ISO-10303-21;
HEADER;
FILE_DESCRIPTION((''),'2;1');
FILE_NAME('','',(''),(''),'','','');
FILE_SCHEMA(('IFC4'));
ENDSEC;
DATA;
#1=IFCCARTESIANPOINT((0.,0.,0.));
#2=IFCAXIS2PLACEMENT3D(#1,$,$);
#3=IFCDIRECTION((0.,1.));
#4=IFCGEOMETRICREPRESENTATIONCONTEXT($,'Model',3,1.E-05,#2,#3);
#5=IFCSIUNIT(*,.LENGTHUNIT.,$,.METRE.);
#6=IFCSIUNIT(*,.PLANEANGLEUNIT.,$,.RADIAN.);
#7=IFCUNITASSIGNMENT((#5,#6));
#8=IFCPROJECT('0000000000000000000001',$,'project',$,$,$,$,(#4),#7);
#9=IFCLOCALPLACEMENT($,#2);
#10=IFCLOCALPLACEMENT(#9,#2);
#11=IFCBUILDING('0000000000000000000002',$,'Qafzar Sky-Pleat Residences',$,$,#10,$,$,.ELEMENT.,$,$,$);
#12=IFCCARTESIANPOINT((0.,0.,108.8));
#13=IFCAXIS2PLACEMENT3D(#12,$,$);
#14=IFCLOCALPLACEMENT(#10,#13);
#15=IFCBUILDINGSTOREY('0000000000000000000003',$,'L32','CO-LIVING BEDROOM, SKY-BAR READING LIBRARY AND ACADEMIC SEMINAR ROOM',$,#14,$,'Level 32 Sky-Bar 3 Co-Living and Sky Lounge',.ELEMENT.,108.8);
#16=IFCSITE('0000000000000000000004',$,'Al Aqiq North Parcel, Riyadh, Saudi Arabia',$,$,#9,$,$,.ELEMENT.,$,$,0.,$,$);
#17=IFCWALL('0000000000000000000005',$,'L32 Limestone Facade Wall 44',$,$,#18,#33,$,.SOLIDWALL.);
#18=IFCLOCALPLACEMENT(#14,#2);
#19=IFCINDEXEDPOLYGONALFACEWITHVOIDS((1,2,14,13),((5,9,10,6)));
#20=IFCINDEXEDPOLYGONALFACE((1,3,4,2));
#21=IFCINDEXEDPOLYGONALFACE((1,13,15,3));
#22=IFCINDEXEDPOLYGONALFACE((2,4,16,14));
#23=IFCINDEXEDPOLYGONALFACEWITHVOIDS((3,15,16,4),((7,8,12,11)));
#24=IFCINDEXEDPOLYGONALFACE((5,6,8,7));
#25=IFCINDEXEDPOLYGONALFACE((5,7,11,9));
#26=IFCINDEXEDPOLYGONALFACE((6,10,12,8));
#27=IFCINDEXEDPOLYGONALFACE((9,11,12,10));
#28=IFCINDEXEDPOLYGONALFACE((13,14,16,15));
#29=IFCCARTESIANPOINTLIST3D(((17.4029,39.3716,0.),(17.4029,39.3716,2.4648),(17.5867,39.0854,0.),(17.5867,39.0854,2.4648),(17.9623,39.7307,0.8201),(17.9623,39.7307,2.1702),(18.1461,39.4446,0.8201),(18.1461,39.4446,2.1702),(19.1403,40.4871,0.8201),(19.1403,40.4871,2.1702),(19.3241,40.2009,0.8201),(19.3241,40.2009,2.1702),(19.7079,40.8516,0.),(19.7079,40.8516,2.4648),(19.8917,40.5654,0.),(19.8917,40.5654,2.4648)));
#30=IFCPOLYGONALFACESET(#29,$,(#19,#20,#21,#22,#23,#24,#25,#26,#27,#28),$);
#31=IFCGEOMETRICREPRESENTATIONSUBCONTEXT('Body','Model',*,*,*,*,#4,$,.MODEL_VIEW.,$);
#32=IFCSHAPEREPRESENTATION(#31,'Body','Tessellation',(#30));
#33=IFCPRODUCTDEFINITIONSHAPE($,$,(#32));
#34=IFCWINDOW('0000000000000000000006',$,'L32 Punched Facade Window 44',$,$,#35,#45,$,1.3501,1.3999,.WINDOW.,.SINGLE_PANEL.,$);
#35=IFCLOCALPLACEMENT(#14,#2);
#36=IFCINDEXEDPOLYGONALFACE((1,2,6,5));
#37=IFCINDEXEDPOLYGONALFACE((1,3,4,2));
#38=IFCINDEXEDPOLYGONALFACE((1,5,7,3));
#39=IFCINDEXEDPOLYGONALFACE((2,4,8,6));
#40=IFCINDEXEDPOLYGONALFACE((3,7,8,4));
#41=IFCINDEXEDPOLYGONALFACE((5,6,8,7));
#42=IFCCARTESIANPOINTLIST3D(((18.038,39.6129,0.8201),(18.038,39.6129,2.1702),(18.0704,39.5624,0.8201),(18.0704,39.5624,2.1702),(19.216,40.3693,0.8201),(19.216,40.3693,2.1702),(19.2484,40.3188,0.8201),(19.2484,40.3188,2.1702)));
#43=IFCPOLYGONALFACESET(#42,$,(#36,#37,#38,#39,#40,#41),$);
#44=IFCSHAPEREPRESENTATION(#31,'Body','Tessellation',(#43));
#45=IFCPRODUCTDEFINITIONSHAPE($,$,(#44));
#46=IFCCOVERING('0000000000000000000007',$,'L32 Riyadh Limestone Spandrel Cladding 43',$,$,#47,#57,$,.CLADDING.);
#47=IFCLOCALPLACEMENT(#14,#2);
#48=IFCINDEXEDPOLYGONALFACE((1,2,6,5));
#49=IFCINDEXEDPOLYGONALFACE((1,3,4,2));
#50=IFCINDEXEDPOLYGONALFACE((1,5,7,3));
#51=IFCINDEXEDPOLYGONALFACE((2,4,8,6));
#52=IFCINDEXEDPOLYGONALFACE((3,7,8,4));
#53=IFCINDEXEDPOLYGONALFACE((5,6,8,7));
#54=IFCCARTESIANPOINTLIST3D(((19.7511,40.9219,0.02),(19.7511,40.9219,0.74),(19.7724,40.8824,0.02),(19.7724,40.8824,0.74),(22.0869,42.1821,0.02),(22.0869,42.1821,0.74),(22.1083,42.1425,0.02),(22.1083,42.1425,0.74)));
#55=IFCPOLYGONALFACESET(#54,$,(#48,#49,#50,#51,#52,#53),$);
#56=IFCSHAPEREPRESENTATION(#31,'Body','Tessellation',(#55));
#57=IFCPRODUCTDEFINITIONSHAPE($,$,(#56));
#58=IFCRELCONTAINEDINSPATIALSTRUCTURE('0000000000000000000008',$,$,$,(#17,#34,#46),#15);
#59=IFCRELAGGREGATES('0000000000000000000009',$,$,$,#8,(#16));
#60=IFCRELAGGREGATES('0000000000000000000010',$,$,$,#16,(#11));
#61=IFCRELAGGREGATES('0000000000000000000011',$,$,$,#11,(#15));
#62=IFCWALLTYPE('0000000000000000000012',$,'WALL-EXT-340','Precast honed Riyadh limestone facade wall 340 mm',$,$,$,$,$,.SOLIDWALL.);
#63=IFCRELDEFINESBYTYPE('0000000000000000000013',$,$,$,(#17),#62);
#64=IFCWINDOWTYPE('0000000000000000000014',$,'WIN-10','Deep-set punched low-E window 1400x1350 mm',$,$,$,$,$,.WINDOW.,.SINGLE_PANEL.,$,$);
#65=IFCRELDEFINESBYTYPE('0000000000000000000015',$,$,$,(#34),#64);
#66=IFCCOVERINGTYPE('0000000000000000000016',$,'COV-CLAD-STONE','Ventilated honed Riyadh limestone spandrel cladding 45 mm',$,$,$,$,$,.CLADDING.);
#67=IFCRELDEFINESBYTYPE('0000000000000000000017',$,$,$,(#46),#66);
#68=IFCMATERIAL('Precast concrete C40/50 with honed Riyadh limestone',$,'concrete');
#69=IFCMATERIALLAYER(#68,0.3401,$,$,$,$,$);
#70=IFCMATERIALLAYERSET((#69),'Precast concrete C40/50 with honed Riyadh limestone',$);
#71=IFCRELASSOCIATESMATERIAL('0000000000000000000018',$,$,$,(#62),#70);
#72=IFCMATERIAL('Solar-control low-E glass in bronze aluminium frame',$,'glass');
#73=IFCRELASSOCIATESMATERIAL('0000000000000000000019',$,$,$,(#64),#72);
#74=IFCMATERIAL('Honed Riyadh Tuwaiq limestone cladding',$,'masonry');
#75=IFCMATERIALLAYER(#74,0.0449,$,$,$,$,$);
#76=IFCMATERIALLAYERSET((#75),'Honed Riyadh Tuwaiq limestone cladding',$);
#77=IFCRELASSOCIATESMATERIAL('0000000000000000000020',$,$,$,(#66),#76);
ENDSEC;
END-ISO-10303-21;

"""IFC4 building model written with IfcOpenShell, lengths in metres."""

from ifc_helpers import new_model, si_unit, direction, frame, frame_2d, origin, origin_2d, place, context, subcontext, project, spatial, rectangle, extrude, source, transform, mapped, material, layer, layer_set, type_object, element, fill, save


model = new_model("IFC4")

# Units and contexts
model_context = context("Model", 3, precision=1e-05, world=origin(), true_north=direction((0.0, 1.0)))
body_context = subcontext(model_context, "Body", "Model", "MODEL_VIEW")
ifc_project = project(units=[si_unit("LENGTHUNIT", "METRE"), si_unit("PLANEANGLEUNIT", "RADIAN")], contexts=[model_context])

# Site, building, storey
site_placement = place(None, origin())
site = spatial("IfcSite", under=ifc_project, at=site_placement, Name="Al Aqiq North Parcel, Riyadh, Saudi Arabia", CompositionType="ELEMENT", RefElevation=0.0)
building_placement = place(site_placement, origin())
building = spatial("IfcBuilding", under=site, at=building_placement, Name="Qafzar Sky-Pleat Residences", CompositionType="ELEMENT")
storey_placement = place(building_placement, frame((0.0, 0.0, 108.8)))
storey = spatial("IfcBuildingStorey", under=building, at=storey_placement, Name="L32", Description="CO-LIVING BEDROOM, SKY-BAR READING LIBRARY AND ACADEMIC SEMINAR ROOM", LongName="Level 32 Sky-Bar 3 Co-Living and Sky Lounge", CompositionType="ELEMENT", Elevation=108.8)

# Wall, opening, window
ifc_material_1 = material(Name="Precast concrete C40/50 with honed Riyadh limestone", Category="concrete")
ifc_layer_1 = layer(ifc_material_1, 0.3401)
ifc_layer_set_1 = layer_set([ifc_layer_1], Name="Precast concrete C40/50 with honed Riyadh limestone")
wall_type_1 = type_object("IfcWallType", Name="WALL-EXT-340", Description="Precast honed Riyadh limestone facade wall 340 mm", PredefinedType="SOLIDWALL", material=ifc_layer_set_1)
ifc_material_2 = material(Name="Solar-control low-E glass in bronze aluminium frame", Category="glass")
window_type = type_object("IfcWindowType", Name="WIN-10", Description="Deep-set punched low-E window 1400x1350 mm", PartitioningType="SINGLE_PANEL", PredefinedType="WINDOW", material=ifc_material_2)
shared_shape_1 = source(origin(), body_context, "Body", "SweptSolid", [
    extrude(rectangle(XDim=1.3999, YDim=1.3501, at=frame_2d((0.7, 0.675))), frame((0.0, 0.03, 0.0), z_axis=(0.0, -1.0, 0.0), x_axis=(1.0, 0.0, 0.0)), (0.0, 0.0, 1.0), 0.0601),
])
wall_1_placement = place(storey_placement, frame((19.7998, 40.7085, 0.0), z_axis=(0.0, 0.0, 1.0), x_axis=(-0.841471, -0.540303, 0.0)))
wall_1 = element("IfcWall", 1, at=wall_1_placement, inside=storey, type_object=wall_type_1, Name="L32 Limestone Facade Wall 44", PredefinedType="SOLIDWALL", context=body_context, shape_type="SweptSolid", body=[
    extrude(rectangle(XDim=2.7393, YDim=0.3401, at=frame_2d((1.3696, 0.0))), origin(), (0.0, 0.0, 1.0), 2.4648),
])
opening_1_placement = place(wall_1_placement, frame((0.6746, 0.0, 0.8201)))
opening_1 = element("IfcOpeningElement", 2, at=opening_1_placement, cuts=wall_1, PredefinedType="OPENING", context=body_context, shape_type="SweptSolid", body=[
    extrude(rectangle(XDim=1.3999, YDim=1.3501, at=frame_2d((0.7, 0.675))), frame((0.0, 0.1802, 0.0), z_axis=(0.0, -1.0, 0.0), x_axis=(1.0, 0.0, 0.0)), (0.0, 0.0, 1.0), 0.3601),
])
window_1_placement = place(opening_1_placement, origin())
window_1 = element("IfcWindow", 3, at=window_1_placement, inside=storey, type_object=window_type, Name="L32 Punched Facade Window 44", OverallHeight=1.3501, OverallWidth=1.3999, PartitioningType="SINGLE_PANEL", PredefinedType="WINDOW", context=body_context, shape_type="MappedRepresentation", body=[
    mapped(shared_shape_1, transform((0.0, 0.0, 0.0), x_axis=(1.0, 0.0, 0.0), y_axis=(0.0, 1.0, 0.0), z_axis=(0.0, 0.0, 1.0), scale=1.0)),
])
fill(opening_1, window_1)

# Covering
ifc_material_3 = material(Name="Honed Riyadh Tuwaiq limestone cladding", Category="masonry")
ifc_layer_2 = layer(ifc_material_3, 0.0449)
ifc_layer_set_2 = layer_set([ifc_layer_2], Name="Honed Riyadh Tuwaiq limestone cladding")
covering_type = type_object("IfcCoveringType", Name="COV-CLAD-STONE", Description="Ventilated honed Riyadh limestone spandrel cladding 45 mm", PredefinedType="CLADDING", material=ifc_layer_set_2)
shared_shape_2 = source(origin(), body_context, "Body", "SweptSolid", [
    extrude(rectangle(XDim=2.6541, YDim=0.0449, at=origin_2d()), origin(), (0.0, 0.0, 1.0), 0.72),
])
covering_placement = place(storey_placement, frame((20.9297, 41.5322, 0.02), z_axis=(0.0, 0.0, 1.0), x_axis=(-0.880092, -0.474803, 0.0)))
element("IfcCovering", 4, at=covering_placement, inside=storey, type_object=covering_type, Name="L32 Riyadh Limestone Spandrel Cladding 43", PredefinedType="CLADDING", context=body_context, shape_type="MappedRepresentation", body=[
    mapped(shared_shape_2, transform((0.0, 0.0, 0.0), x_axis=(1.0, 0.0, 0.0), y_axis=(0.0, 1.0, 0.0), z_axis=(0.0, 0.0, 1.0), scale=1.0)),
])

save(model, "model.ifc")
